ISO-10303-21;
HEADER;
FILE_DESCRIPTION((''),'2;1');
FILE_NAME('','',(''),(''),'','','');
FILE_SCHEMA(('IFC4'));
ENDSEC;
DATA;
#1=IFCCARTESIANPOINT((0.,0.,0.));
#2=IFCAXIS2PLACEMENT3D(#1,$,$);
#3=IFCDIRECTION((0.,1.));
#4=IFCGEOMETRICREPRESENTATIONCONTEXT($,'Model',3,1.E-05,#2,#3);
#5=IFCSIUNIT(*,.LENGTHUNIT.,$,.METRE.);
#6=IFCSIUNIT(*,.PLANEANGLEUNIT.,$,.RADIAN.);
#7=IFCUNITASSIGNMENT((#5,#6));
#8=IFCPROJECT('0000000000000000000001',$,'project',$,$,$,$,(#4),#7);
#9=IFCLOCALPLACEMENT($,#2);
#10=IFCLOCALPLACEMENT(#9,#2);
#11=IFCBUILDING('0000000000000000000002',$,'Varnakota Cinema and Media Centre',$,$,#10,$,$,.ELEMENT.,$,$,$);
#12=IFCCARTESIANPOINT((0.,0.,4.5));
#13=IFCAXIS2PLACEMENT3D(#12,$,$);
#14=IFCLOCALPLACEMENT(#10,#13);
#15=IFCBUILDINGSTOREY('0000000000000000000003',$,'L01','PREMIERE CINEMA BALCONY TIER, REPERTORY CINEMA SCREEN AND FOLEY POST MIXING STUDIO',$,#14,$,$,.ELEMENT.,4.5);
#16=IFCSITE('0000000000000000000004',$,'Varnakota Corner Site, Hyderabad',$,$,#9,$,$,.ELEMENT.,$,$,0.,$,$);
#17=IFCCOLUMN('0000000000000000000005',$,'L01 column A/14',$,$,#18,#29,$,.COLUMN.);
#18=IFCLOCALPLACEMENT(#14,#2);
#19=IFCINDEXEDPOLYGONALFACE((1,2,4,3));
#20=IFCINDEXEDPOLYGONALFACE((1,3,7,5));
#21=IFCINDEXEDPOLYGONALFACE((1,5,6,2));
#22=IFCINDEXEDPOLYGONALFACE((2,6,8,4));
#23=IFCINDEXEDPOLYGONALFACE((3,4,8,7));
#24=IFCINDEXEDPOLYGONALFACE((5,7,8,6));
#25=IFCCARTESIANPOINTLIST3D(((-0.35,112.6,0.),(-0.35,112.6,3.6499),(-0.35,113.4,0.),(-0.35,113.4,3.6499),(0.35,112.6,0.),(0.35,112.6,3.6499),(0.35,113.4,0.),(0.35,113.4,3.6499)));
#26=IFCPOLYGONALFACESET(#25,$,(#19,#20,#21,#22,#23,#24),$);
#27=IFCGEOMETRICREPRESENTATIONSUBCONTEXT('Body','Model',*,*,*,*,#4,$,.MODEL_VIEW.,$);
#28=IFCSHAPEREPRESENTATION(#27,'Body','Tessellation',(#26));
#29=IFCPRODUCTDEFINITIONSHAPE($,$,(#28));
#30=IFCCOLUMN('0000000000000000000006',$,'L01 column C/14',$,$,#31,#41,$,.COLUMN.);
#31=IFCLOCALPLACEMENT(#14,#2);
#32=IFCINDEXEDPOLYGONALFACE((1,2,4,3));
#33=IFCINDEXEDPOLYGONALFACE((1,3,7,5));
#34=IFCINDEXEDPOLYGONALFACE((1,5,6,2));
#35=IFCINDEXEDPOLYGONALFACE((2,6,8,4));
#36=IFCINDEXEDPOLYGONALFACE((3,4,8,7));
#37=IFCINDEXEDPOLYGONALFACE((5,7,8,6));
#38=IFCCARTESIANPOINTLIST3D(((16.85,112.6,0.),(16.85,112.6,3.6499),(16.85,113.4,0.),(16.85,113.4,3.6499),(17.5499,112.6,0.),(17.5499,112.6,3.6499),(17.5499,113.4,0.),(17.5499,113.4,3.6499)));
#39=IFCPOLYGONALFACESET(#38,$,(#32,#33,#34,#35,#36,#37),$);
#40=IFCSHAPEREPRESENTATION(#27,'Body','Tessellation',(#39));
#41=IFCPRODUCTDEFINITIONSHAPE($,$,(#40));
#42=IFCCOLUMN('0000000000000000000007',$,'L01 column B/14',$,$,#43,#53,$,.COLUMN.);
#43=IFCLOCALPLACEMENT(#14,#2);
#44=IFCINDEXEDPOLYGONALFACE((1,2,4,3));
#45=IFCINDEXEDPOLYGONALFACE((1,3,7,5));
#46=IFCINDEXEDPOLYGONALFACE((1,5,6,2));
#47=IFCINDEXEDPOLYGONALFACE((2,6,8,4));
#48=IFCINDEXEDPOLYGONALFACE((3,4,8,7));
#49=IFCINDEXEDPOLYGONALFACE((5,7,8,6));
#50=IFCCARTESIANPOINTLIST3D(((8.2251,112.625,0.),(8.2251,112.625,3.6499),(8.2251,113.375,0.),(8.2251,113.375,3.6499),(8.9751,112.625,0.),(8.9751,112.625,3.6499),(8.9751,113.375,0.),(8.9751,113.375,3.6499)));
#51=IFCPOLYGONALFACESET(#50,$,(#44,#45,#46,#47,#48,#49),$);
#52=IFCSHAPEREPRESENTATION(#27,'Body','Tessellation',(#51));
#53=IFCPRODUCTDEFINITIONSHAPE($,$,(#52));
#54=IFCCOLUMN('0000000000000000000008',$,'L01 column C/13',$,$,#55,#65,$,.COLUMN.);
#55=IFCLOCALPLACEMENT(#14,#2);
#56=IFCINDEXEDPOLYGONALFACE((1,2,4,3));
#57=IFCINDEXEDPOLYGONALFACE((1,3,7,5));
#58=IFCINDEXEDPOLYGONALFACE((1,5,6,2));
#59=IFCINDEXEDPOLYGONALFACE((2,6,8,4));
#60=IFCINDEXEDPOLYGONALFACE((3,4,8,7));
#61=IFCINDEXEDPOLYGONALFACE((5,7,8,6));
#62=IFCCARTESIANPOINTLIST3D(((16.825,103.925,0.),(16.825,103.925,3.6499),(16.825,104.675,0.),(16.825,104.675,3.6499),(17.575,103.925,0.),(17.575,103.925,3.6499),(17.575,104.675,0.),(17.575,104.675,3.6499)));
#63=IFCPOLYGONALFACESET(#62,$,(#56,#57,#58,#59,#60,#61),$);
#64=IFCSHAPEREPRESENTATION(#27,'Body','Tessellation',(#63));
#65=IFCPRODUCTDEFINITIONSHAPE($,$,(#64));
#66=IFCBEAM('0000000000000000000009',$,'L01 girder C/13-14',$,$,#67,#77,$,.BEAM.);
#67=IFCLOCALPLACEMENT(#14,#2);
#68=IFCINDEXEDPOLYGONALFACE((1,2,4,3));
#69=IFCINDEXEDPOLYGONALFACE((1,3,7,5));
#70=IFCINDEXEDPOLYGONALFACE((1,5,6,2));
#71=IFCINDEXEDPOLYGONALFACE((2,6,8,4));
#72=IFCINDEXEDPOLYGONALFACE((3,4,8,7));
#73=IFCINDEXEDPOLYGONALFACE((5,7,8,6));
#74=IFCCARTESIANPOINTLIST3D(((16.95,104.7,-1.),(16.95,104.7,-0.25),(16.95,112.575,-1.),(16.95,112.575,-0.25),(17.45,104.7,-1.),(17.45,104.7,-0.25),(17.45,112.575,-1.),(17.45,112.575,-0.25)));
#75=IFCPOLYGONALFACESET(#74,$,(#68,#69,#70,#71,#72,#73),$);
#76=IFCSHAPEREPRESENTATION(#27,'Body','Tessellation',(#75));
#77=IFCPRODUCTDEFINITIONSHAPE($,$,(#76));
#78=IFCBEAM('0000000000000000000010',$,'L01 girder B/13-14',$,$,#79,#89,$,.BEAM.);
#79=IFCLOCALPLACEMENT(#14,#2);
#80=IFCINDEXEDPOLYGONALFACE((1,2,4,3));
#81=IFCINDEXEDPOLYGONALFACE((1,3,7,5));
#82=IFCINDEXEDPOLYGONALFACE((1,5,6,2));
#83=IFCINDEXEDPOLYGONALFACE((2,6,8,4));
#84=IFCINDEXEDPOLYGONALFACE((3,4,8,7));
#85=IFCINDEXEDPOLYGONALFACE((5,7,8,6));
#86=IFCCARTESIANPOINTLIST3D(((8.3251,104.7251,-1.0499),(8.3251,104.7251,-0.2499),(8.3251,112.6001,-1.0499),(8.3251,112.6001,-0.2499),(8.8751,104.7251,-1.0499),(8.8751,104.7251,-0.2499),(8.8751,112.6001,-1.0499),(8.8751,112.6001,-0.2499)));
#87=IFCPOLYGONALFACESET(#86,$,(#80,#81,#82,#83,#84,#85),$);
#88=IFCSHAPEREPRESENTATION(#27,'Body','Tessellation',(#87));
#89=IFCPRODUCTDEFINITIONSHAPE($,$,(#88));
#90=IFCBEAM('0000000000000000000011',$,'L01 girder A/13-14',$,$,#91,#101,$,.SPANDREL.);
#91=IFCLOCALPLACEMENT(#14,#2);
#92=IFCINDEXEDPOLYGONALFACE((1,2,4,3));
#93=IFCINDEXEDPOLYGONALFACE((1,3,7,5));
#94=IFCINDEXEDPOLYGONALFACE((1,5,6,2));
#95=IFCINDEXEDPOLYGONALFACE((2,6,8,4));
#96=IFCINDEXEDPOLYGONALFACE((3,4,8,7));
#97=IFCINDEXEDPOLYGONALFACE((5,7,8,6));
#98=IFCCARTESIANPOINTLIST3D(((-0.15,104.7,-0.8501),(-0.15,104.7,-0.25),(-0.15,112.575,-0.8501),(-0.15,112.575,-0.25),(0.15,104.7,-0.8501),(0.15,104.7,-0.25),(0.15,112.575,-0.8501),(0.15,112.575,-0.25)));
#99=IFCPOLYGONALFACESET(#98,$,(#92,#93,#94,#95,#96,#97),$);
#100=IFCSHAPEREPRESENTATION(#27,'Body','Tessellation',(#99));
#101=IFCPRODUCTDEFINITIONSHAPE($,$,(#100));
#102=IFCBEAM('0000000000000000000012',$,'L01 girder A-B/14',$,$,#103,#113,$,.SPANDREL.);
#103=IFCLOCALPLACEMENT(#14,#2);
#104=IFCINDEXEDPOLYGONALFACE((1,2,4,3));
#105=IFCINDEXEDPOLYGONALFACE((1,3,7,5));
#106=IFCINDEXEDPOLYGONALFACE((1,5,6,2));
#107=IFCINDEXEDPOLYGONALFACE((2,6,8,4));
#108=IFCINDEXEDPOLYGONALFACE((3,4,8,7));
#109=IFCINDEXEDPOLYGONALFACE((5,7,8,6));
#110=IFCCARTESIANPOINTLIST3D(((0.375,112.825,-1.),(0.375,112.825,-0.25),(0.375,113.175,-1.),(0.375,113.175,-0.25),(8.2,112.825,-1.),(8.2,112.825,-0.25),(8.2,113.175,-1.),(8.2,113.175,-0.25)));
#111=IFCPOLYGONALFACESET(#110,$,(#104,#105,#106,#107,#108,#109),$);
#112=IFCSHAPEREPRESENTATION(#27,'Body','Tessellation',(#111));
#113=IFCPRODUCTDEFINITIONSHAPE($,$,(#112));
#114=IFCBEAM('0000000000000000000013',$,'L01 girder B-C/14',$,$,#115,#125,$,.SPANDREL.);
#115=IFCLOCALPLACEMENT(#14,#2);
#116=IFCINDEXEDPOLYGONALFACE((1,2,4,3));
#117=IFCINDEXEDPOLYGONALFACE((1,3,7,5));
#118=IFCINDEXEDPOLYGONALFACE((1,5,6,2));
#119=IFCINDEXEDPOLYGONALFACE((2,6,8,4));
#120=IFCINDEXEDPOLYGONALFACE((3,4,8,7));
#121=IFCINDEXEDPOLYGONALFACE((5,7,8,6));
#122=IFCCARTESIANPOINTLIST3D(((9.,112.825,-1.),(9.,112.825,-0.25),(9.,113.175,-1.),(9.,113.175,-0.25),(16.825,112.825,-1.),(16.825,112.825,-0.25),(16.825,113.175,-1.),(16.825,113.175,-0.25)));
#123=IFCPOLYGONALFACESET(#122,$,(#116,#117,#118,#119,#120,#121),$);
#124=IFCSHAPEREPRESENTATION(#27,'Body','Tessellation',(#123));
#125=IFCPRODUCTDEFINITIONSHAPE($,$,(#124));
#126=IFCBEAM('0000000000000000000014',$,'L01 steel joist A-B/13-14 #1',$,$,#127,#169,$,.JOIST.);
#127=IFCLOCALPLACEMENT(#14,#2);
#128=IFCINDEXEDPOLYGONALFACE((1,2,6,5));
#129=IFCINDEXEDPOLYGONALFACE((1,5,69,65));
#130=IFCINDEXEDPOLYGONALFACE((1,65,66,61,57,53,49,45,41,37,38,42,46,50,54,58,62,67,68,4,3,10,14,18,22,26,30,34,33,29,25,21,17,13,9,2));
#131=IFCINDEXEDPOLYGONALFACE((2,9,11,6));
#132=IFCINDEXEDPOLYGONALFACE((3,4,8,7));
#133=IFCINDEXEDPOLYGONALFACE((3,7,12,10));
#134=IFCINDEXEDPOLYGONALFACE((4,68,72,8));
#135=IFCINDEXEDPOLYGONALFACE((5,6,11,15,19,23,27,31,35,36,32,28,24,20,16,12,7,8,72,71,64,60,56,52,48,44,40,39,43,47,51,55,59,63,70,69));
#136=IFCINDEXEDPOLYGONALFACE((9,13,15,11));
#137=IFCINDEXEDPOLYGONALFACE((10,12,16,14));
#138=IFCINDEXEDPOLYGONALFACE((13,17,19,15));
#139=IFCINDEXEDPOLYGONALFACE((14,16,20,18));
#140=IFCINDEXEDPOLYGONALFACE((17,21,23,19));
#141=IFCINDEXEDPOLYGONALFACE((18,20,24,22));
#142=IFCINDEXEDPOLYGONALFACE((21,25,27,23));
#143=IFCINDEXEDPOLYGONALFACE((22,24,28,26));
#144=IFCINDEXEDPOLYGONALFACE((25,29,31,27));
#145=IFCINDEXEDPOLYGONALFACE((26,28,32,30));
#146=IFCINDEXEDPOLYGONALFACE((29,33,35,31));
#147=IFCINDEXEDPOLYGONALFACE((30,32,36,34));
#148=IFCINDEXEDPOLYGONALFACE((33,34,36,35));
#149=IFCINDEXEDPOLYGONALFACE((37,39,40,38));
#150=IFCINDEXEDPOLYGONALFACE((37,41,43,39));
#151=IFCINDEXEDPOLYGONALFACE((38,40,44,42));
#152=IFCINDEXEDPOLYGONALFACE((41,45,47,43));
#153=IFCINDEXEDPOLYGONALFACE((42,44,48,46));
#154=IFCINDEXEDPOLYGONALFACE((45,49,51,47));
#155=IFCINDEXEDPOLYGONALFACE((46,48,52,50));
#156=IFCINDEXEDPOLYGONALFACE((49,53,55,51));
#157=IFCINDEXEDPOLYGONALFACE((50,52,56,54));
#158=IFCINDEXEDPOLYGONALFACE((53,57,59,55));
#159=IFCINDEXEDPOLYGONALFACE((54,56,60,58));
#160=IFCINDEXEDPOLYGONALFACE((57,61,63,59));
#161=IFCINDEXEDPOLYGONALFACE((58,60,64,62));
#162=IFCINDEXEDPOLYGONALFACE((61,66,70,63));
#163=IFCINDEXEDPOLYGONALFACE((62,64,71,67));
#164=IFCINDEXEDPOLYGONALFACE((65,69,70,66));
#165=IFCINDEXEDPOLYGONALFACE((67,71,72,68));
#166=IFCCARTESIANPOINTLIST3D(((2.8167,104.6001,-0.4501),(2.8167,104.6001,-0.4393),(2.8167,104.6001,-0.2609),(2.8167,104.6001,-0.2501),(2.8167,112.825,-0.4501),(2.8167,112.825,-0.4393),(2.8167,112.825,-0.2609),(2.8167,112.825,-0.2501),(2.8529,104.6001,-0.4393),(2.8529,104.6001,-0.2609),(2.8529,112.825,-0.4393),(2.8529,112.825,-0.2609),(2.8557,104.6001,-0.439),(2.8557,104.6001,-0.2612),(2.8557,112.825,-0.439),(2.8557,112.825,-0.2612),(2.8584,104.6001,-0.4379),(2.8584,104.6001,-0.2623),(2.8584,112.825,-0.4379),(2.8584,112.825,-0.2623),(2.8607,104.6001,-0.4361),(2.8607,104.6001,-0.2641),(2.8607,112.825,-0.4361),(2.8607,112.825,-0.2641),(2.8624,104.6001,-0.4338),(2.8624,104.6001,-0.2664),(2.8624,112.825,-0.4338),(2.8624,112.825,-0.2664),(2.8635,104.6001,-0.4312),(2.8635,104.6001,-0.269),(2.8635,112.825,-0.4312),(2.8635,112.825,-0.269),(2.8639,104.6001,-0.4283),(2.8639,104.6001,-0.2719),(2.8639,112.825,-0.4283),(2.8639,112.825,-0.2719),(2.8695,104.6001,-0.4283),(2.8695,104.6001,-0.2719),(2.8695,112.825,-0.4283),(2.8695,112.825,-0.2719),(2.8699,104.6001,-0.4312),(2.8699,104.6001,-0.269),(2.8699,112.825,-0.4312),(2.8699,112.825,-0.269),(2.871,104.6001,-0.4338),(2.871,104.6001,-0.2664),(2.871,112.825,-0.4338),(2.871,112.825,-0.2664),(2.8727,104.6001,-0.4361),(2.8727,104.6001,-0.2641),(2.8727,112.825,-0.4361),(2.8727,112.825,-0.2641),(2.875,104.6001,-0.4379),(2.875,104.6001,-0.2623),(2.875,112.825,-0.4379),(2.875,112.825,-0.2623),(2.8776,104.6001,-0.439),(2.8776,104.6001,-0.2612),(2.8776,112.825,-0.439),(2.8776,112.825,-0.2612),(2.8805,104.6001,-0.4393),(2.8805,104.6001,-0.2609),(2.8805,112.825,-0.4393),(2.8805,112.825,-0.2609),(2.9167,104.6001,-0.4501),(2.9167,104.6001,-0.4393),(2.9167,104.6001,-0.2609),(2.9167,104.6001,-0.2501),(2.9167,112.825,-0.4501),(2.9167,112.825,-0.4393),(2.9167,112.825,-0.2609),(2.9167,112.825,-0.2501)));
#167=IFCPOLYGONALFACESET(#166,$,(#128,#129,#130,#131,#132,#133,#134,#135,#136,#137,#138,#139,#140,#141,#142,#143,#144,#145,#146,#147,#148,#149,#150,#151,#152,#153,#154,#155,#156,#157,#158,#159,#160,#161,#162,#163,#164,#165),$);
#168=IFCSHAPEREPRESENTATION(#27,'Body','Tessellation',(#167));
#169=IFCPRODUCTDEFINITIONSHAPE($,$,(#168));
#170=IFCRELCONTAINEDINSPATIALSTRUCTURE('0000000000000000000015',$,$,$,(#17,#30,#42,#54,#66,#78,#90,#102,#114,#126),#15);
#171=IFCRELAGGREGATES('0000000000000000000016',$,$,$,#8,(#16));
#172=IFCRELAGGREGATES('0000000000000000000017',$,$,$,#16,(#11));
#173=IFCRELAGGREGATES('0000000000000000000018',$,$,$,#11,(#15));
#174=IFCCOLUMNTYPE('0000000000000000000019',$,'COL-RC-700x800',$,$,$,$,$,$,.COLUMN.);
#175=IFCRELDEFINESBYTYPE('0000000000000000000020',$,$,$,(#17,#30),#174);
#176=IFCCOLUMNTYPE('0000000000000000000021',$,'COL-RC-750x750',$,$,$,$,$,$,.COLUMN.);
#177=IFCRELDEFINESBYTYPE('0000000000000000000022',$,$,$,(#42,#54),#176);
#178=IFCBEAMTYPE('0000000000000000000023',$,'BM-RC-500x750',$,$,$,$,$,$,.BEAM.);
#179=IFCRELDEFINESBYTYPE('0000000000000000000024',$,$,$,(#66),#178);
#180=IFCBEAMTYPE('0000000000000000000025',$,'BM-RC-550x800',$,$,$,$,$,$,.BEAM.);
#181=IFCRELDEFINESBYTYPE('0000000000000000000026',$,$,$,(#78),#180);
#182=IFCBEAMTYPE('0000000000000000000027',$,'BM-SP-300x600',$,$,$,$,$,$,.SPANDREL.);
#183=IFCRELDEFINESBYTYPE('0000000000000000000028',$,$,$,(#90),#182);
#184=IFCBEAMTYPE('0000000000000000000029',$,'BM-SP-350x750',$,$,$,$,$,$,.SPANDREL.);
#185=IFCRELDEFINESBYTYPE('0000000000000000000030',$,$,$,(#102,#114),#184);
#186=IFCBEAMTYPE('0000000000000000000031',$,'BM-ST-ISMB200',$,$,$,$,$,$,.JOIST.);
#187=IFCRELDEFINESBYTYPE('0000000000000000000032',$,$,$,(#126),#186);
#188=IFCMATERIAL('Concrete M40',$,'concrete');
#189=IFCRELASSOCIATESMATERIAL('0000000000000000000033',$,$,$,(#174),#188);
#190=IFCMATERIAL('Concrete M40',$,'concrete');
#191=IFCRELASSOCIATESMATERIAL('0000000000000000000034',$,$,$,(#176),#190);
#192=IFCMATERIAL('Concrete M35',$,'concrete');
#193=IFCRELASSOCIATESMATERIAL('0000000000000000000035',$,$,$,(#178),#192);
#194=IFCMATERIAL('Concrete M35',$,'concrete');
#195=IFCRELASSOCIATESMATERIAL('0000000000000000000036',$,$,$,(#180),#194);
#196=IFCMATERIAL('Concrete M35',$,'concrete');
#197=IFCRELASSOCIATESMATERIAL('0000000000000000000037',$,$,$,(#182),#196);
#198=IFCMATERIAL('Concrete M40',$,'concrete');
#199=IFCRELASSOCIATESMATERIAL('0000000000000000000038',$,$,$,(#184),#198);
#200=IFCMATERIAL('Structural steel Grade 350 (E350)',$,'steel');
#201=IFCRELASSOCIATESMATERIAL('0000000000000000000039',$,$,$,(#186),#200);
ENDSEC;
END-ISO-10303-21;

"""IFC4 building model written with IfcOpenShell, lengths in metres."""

from ifc_helpers import new_model, si_unit, direction, frame, origin, origin_2d, place, context, subcontext, project, spatial, rectangle, i_section, extrude, material, material_profile, profile_set, type_object, element, save


model = new_model("IFC4")

# Units and contexts
model_context = context("Model", 3, precision=1e-05, world=origin(), true_north=direction((0.0, 1.0)))
body_context = subcontext(model_context, "Body", "Model", "MODEL_VIEW")
ifc_project = project(units=[si_unit("LENGTHUNIT", "METRE"), si_unit("PLANEANGLEUNIT", "RADIAN")], contexts=[model_context])

# Site, building, storey
site_placement = place(None, origin())
site = spatial("IfcSite", under=ifc_project, at=site_placement, Name="Varnakota Corner Site, Hyderabad", CompositionType="ELEMENT", RefElevation=0.0)
building_placement = place(site_placement, origin())
building = spatial("IfcBuilding", under=site, at=building_placement, Name="Varnakota Cinema and Media Centre", CompositionType="ELEMENT")
storey_placement = place(building_placement, frame((0.0, 0.0, 4.5)))
storey = spatial("IfcBuildingStorey", under=building, at=storey_placement, Name="L01", Description="PREMIERE CINEMA BALCONY TIER, REPERTORY CINEMA SCREEN AND FOLEY POST MIXING STUDIO", CompositionType="ELEMENT", Elevation=4.5)

# Columns
ifc_material_1 = material(Name="Concrete M40", Category="concrete")
ifc_material_profile_1 = material_profile(ifc_material_1, rectangle(XDim=0.7, YDim=0.8, at=origin_2d()), Name="RC 700x800")
ifc_profile_set_1 = profile_set([ifc_material_profile_1], Name="Concrete M40")
column_type_1 = type_object("IfcColumnType", Name="COL-RC-700x800", PredefinedType="COLUMN", material=ifc_profile_set_1)
for number, where, z_axis, x_axis, name in (
    (1, (0.0, 113.0, 0.0), (0.0, 0.0, 1.0), (1.0, 0.0, 0.0), "L01 column A/14"),
    (2, (17.2, 113.0, 0.0), (0.0, 0.0, 1.0), (1.0, 0.0, 0.0), "L01 column C/14"),
):
    element("IfcColumn", number, at=place(storey_placement, frame(where, z_axis=z_axis, x_axis=x_axis)), inside=storey, type_object=column_type_1, Name=name, PredefinedType="COLUMN", context=body_context, shape_type="SweptSolid", body=[
        extrude(rectangle(XDim=0.7, YDim=0.8, at=origin_2d()), origin(), (0.0, 0.0, 1.0), 3.6499),
    ])
ifc_material_2 = material(Name="Concrete M40", Category="concrete")
ifc_material_profile_2 = material_profile(ifc_material_2, rectangle(XDim=0.75, YDim=0.75, at=origin_2d()), Name="RC 750x750")
ifc_profile_set_2 = profile_set([ifc_material_profile_2], Name="Concrete M40")
column_type_2 = type_object("IfcColumnType", Name="COL-RC-750x750", PredefinedType="COLUMN", material=ifc_profile_set_2)
for number, where, z_axis, x_axis, name in (
    (3, (8.6001, 113.0, 0.0), (0.0, 0.0, 1.0), (1.0, 0.0, 0.0), "L01 column B/14"),
    (4, (17.2, 104.3, 0.0), (0.0, 0.0, 1.0), (1.0, 0.0, 0.0), "L01 column C/13"),
):
    element("IfcColumn", number, at=place(storey_placement, frame(where, z_axis=z_axis, x_axis=x_axis)), inside=storey, type_object=column_type_2, Name=name, PredefinedType="COLUMN", context=body_context, shape_type="SweptSolid", body=[
        extrude(rectangle(XDim=0.75, YDim=0.75, at=origin_2d()), origin(), (0.0, 0.0, 1.0), 3.6499),
    ])

# Beams
ifc_material_3 = material(Name="Concrete M35", Category="concrete")
ifc_material_profile_3 = material_profile(ifc_material_3, rectangle(XDim=0.5, YDim=0.75, at=origin_2d()), Name="RCB 500x750")
ifc_profile_set_3 = profile_set([ifc_material_profile_3], Name="Concrete M35")
beam_type_1 = type_object("IfcBeamType", Name="BM-RC-500x750", PredefinedType="BEAM", material=ifc_profile_set_3)
beam_1_placement = place(storey_placement, frame((17.2, 104.7, -0.625), z_axis=(0.0, 1.0, 0.0), x_axis=(-1.0, 0.0, 0.0)))
element("IfcBeam", 5, at=beam_1_placement, inside=storey, type_object=beam_type_1, Name="L01 girder C/13-14", PredefinedType="BEAM", context=body_context, shape_type="SweptSolid", body=[
    extrude(rectangle(XDim=0.5, YDim=0.75, at=origin_2d()), origin(), (0.0, 0.0, 1.0), 7.875),
])
ifc_material_4 = material(Name="Concrete M35", Category="concrete")
ifc_material_profile_4 = material_profile(ifc_material_4, rectangle(XDim=0.55, YDim=0.8, at=origin_2d()), Name="RCB 550x800")
ifc_profile_set_4 = profile_set([ifc_material_profile_4], Name="Concrete M35")
beam_type_2 = type_object("IfcBeamType", Name="BM-RC-550x800", PredefinedType="BEAM", material=ifc_profile_set_4)
beam_2_placement = place(storey_placement, frame((8.6001, 104.7251, -0.6499), z_axis=(0.0, 1.0, 0.0), x_axis=(-1.0, 0.0, 0.0)))
element("IfcBeam", 6, at=beam_2_placement, inside=storey, type_object=beam_type_2, Name="L01 girder B/13-14", PredefinedType="BEAM", context=body_context, shape_type="SweptSolid", body=[
    extrude(rectangle(XDim=0.55, YDim=0.8, at=origin_2d()), origin(), (0.0, 0.0, 1.0), 7.875),
])
ifc_material_5 = material(Name="Concrete M35", Category="concrete")
ifc_material_profile_5 = material_profile(ifc_material_5, rectangle(XDim=0.3, YDim=0.6001, at=origin_2d()), Name="RCB 300x600")
ifc_profile_set_5 = profile_set([ifc_material_profile_5], Name="Concrete M35")
beam_type_3 = type_object("IfcBeamType", Name="BM-SP-300x600", PredefinedType="SPANDREL", material=ifc_profile_set_5)
beam_3_placement = place(storey_placement, frame((0.0, 104.7, -0.55), z_axis=(0.0, 1.0, 0.0), x_axis=(-1.0, 0.0, 0.0)))
element("IfcBeam", 7, at=beam_3_placement, inside=storey, type_object=beam_type_3, Name="L01 girder A/13-14", PredefinedType="SPANDREL", context=body_context, shape_type="SweptSolid", body=[
    extrude(rectangle(XDim=0.3, YDim=0.6001, at=origin_2d()), origin(), (0.0, 0.0, 1.0), 7.875),
])
ifc_material_6 = material(Name="Concrete M40", Category="concrete")
ifc_material_profile_6 = material_profile(ifc_material_6, rectangle(XDim=0.3501, YDim=0.75, at=origin_2d()), Name="RCB 350x750")
ifc_profile_set_6 = profile_set([ifc_material_profile_6], Name="Concrete M40")
beam_type_4 = type_object("IfcBeamType", Name="BM-SP-350x750", PredefinedType="SPANDREL", material=ifc_profile_set_6)
for number, where, z_axis, x_axis, name in (
    (8, (0.375, 113.0, -0.625), (1.0, 0.0, 0.0), (0.0, 1.0, 0.0), "L01 girder A-B/14"),
    (9, (9.0, 113.0, -0.625), (1.0, 0.0, 0.0), (0.0, 1.0, 0.0), "L01 girder B-C/14"),
):
    element("IfcBeam", number, at=place(storey_placement, frame(where, z_axis=z_axis, x_axis=x_axis)), inside=storey, type_object=beam_type_4, Name=name, PredefinedType="SPANDREL", context=body_context, shape_type="SweptSolid", body=[
        extrude(rectangle(XDim=0.3501, YDim=0.75, at=origin_2d()), origin(), (0.0, 0.0, 1.0), 7.825),
    ])
ifc_material_7 = material(Name="Structural steel Grade 350 (E350)", Category="steel")
ifc_material_profile_7 = material_profile(ifc_material_7, i_section(OverallWidth=0.1001, OverallDepth=0.2, WebThickness=0.0056, FlangeThickness=0.0107, FilletRadius=0.011, at=origin_2d()), Name="ISMB 200")
ifc_profile_set_7 = profile_set([ifc_material_profile_7], Name="Structural steel Grade 350 (E350)")
beam_type_5 = type_object("IfcBeamType", Name="BM-ST-ISMB200", PredefinedType="JOIST", material=ifc_profile_set_7)
for number, where, z_axis, x_axis, name in (
    (10, (2.8667, 104.6001, -0.3501), (0.0, 1.0, 0.0), (-1.0, 0.0, 0.0), "L01 steel joist A-B/13-14 #1"),
):
    element("IfcBeam", number, at=place(storey_placement, frame(where, z_axis=z_axis, x_axis=x_axis)), inside=storey, type_object=beam_type_5, Name=name, PredefinedType="JOIST", context=body_context, shape_type="SweptSolid", body=[
        extrude(i_section(OverallWidth=0.1001, OverallDepth=0.2, WebThickness=0.0056, FlangeThickness=0.0107, FilletRadius=0.011, at=origin_2d()), origin(), (0.0, 0.0, 1.0), 8.2249),
    ])

save(model, "model.ifc")
